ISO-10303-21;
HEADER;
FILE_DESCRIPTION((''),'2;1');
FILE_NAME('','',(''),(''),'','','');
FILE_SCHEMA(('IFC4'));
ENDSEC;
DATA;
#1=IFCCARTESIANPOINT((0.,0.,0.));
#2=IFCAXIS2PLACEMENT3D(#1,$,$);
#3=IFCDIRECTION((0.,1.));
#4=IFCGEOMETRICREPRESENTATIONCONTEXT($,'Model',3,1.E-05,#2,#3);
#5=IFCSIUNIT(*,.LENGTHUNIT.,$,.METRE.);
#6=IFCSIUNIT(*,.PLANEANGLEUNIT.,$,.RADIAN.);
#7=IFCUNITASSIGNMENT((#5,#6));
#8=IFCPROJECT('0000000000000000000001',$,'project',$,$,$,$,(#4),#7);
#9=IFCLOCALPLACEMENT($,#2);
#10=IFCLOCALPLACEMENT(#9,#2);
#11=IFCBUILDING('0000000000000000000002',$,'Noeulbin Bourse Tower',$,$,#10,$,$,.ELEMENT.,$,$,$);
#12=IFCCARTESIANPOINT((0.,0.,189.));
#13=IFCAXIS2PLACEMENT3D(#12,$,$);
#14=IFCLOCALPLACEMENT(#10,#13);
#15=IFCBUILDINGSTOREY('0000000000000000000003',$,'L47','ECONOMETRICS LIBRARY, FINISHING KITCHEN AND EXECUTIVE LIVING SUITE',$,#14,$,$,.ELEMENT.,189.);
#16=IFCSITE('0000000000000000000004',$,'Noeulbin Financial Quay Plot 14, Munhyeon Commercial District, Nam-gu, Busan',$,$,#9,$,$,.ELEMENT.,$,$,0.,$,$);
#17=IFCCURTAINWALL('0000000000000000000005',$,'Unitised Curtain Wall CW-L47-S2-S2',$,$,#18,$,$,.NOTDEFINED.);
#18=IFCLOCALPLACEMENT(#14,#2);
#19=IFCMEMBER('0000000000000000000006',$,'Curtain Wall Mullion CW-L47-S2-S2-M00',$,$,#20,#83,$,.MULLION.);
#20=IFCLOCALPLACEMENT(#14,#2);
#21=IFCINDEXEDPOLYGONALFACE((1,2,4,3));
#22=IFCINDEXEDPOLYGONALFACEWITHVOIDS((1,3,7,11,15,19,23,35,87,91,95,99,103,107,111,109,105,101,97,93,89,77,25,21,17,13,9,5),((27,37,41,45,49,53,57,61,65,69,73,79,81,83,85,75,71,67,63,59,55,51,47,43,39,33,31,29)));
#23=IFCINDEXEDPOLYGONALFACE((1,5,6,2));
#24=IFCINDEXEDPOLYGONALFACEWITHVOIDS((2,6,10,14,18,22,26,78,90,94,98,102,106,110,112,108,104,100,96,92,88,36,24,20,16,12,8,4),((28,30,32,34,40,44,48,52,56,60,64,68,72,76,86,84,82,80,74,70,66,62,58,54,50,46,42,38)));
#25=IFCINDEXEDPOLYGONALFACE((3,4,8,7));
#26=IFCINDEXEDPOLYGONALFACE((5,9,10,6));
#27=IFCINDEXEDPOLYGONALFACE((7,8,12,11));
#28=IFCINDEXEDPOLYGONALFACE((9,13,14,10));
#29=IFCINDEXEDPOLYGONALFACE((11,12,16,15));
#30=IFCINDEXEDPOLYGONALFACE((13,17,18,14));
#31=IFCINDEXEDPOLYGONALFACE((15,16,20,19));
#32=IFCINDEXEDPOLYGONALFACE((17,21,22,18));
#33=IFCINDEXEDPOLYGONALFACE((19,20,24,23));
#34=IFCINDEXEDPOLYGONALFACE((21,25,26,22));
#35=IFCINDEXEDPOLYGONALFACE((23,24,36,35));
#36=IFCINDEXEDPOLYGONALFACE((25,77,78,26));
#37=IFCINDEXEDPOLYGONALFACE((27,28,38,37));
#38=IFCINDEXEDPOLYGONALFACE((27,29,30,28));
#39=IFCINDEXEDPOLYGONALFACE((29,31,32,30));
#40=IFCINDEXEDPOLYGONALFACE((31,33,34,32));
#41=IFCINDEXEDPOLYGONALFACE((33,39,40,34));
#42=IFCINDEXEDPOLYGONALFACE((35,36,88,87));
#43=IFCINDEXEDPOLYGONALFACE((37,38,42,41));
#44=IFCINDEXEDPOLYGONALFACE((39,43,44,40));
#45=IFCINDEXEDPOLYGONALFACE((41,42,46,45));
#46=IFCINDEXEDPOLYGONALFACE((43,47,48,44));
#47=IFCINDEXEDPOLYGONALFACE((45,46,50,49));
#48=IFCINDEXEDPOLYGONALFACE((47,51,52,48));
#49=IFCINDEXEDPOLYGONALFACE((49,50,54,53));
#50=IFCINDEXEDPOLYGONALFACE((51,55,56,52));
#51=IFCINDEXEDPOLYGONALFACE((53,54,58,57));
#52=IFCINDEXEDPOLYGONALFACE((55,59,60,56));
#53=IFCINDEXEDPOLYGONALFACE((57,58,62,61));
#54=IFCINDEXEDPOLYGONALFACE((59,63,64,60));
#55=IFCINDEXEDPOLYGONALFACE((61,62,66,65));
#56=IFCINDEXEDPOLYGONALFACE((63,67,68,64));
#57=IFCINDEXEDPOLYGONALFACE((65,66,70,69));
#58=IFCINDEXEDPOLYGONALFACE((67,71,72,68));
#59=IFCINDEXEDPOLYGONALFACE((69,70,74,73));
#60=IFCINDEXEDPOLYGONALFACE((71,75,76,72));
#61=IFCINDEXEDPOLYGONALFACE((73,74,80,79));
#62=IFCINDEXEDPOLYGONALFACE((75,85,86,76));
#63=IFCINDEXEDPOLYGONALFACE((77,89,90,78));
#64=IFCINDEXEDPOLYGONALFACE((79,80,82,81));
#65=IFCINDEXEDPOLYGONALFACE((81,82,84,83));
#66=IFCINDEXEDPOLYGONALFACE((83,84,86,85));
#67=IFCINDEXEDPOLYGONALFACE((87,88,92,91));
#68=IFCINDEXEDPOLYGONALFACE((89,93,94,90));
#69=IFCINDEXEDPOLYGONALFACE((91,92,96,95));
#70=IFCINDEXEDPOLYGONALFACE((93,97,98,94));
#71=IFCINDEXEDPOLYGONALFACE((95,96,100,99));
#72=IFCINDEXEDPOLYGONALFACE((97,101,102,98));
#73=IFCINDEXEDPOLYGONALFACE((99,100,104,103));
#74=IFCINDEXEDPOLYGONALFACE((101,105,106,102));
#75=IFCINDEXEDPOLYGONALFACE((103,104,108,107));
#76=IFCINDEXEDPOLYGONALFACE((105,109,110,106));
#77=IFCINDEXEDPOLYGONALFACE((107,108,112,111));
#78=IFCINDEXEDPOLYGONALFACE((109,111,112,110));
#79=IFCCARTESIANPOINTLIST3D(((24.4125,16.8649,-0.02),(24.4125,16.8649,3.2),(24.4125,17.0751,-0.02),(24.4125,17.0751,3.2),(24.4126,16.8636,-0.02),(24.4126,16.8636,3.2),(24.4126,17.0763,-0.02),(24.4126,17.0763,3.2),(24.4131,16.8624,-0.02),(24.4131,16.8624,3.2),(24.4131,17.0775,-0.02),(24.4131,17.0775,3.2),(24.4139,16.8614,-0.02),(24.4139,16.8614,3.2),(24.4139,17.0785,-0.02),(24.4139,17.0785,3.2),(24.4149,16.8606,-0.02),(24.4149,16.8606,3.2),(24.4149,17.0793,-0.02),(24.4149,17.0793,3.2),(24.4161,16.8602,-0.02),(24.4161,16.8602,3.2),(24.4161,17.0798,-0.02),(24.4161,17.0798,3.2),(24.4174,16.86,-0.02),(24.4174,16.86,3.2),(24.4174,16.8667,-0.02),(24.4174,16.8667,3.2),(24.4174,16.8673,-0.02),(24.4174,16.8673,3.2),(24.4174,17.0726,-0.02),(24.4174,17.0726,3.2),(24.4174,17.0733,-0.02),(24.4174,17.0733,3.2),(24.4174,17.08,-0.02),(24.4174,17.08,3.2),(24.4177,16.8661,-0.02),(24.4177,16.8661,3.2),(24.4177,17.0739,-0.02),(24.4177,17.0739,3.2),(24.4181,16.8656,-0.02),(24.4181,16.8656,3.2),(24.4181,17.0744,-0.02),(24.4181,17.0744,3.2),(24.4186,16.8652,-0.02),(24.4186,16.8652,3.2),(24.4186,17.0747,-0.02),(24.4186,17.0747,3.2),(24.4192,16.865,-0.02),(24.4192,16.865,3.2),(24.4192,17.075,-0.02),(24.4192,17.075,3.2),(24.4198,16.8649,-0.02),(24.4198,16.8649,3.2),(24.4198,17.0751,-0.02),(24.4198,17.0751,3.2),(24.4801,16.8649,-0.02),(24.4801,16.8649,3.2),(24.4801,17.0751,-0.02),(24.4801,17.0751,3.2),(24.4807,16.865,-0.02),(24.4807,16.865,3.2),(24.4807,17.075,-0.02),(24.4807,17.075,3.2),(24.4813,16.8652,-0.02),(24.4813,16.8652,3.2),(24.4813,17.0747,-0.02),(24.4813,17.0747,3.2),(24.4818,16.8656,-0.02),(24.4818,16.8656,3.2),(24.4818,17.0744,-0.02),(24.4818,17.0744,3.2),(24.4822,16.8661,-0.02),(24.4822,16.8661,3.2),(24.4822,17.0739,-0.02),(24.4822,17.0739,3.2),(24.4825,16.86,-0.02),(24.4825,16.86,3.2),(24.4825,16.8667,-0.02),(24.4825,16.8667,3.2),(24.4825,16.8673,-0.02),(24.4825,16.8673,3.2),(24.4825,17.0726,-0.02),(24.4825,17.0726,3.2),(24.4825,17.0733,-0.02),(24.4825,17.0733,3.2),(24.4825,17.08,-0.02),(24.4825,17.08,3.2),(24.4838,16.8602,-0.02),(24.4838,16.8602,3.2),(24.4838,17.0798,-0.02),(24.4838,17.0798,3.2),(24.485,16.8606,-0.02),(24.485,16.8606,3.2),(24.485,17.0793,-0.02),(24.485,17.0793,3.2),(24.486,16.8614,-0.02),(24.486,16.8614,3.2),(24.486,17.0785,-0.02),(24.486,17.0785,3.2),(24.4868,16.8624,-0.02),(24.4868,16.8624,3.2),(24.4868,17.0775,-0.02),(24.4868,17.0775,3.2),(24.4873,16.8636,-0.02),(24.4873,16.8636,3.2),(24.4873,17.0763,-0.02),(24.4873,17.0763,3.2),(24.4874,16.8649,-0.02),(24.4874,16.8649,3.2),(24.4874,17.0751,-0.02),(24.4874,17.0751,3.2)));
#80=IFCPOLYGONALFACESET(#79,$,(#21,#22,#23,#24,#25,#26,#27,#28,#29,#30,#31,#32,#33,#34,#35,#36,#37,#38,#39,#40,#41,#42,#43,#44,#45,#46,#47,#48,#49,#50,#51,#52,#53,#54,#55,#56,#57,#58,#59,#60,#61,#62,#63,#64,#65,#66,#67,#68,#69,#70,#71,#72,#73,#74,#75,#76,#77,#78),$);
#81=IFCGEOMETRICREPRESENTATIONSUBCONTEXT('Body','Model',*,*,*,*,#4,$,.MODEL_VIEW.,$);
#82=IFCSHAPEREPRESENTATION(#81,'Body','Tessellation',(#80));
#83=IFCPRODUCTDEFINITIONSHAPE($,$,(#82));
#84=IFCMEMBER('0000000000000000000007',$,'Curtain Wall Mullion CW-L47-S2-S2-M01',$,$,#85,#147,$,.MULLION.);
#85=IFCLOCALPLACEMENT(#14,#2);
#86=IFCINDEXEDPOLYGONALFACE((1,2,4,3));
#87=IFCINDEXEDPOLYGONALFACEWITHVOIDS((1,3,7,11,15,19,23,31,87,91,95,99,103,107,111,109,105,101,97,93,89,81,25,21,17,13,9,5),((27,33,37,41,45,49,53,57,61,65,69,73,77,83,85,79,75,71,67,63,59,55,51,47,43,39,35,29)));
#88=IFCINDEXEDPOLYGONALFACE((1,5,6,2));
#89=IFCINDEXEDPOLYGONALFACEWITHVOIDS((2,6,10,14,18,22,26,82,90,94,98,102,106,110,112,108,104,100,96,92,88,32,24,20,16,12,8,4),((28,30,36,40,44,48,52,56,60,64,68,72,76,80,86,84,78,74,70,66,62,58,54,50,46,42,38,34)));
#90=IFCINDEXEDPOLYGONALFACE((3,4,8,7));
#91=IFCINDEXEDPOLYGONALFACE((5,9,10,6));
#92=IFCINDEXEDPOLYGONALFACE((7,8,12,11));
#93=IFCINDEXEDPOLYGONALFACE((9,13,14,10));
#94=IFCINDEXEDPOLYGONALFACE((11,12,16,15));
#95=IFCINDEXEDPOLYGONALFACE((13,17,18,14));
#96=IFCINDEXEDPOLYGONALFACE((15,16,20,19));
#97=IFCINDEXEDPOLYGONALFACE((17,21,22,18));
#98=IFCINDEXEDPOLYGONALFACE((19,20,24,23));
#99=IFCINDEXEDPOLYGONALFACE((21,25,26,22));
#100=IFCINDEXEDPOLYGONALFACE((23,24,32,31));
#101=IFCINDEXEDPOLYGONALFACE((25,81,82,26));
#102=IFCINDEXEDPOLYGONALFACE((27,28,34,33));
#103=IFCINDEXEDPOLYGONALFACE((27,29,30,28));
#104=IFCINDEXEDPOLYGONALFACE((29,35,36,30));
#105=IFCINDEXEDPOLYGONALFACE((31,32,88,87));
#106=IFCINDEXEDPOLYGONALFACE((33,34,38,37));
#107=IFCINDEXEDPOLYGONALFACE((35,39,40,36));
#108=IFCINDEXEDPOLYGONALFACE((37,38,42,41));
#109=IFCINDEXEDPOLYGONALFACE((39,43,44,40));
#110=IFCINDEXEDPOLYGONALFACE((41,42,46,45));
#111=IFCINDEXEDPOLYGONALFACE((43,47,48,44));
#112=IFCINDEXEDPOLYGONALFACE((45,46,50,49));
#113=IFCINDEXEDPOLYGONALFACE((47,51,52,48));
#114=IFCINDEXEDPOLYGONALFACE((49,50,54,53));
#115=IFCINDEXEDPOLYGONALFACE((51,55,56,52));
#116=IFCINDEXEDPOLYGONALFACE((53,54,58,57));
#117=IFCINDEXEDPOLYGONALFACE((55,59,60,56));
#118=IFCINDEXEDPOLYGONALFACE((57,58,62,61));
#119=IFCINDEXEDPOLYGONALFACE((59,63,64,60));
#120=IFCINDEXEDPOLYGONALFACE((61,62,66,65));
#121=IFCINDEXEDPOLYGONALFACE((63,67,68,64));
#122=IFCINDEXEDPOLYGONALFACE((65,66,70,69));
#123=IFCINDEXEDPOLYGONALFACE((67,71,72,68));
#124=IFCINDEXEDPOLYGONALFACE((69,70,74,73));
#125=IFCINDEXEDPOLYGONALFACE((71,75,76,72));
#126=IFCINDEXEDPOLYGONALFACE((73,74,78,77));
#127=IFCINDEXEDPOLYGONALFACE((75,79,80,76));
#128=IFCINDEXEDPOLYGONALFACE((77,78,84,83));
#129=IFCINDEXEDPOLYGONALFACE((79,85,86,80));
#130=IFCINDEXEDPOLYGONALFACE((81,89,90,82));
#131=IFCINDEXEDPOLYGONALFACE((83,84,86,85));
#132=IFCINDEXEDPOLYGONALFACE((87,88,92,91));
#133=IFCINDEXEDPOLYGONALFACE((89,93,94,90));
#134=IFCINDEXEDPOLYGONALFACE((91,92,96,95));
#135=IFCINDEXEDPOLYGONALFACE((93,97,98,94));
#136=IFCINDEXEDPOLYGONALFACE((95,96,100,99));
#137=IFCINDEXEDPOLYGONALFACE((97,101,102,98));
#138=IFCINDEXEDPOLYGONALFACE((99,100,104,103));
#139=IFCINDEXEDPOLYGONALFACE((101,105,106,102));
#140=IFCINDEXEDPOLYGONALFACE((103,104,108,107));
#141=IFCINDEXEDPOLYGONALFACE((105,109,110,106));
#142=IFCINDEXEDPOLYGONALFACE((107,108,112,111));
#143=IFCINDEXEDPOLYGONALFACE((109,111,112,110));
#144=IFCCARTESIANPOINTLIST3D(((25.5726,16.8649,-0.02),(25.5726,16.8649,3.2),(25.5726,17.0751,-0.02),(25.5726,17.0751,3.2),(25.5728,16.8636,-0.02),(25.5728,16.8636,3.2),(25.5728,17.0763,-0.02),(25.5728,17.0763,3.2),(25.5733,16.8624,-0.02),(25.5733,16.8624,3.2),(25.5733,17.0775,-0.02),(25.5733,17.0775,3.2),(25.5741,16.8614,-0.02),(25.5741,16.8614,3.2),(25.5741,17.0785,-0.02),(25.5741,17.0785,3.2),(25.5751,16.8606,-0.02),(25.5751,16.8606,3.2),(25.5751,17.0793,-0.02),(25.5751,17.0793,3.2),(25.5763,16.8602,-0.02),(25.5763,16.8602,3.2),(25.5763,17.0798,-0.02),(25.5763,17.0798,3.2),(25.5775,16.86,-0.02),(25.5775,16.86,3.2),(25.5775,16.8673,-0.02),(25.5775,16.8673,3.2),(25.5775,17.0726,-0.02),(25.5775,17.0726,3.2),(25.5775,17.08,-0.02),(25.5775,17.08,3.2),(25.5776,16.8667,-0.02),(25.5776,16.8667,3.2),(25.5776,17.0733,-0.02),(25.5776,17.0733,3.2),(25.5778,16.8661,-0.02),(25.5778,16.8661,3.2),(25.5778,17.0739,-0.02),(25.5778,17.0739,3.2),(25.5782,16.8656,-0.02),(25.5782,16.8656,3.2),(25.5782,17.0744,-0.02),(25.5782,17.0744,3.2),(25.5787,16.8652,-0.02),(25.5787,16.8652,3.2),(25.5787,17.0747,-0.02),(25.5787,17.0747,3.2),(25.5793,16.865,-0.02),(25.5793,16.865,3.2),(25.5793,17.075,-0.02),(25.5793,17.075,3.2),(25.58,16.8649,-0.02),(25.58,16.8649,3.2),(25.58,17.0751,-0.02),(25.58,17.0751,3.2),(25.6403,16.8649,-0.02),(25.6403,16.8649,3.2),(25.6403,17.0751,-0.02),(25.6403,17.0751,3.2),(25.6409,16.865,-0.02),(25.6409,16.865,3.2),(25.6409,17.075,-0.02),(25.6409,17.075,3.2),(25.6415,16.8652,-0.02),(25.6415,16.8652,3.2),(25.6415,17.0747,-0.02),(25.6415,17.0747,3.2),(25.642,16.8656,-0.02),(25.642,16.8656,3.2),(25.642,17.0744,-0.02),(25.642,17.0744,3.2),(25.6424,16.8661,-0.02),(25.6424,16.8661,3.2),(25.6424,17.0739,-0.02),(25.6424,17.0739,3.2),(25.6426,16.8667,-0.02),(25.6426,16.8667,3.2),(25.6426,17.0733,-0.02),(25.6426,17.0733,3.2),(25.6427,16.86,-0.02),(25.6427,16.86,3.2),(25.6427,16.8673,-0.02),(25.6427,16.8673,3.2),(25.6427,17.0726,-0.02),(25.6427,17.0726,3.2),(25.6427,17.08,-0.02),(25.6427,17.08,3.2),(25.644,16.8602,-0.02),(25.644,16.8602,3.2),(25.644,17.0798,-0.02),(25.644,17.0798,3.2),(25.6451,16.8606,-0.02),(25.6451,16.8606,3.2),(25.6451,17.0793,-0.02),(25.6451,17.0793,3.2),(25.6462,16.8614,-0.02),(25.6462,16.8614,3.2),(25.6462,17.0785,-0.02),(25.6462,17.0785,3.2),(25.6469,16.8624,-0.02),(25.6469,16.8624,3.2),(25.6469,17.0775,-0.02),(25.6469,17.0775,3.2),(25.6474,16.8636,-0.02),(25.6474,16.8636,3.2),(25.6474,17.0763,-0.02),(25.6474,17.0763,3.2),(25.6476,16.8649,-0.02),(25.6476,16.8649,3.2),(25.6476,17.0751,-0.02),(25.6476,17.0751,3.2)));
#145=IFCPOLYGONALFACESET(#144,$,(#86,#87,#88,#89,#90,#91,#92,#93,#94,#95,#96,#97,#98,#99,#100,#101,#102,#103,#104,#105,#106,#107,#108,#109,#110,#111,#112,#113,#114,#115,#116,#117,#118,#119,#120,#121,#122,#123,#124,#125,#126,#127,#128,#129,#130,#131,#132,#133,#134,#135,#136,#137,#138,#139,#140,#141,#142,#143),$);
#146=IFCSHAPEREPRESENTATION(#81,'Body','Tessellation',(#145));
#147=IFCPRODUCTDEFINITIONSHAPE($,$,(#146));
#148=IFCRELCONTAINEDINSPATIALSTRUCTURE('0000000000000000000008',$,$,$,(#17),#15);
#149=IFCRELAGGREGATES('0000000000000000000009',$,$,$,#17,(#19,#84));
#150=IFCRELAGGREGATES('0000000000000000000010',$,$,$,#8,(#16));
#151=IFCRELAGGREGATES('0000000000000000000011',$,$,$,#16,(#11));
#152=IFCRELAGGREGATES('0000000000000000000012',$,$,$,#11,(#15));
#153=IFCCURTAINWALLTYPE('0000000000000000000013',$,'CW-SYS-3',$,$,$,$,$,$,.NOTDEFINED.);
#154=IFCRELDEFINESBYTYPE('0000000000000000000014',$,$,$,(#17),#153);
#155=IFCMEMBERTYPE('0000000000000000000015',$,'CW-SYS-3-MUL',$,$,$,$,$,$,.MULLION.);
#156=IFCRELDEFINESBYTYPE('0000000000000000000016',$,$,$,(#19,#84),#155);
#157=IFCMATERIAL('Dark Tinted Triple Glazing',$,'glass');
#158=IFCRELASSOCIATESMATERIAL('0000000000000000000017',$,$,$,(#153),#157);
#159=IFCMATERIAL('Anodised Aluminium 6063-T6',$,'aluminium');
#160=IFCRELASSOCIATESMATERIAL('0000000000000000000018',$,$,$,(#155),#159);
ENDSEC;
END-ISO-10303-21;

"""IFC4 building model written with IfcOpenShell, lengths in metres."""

from ifc_helpers import new_model, si_unit, direction, frame, origin, origin_2d, place, context, subcontext, project, spatial, hollow_rectangle, extrude, material, material_profile, profile_set, type_object, element, aggregate, save


model = new_model("IFC4")

# Units and contexts
model_context = context("Model", 3, precision=1e-05, world=origin(), true_north=direction((0.0, 1.0)))
body_context = subcontext(model_context, "Body", "Model", "MODEL_VIEW")
ifc_project = project(units=[si_unit("LENGTHUNIT", "METRE"), si_unit("PLANEANGLEUNIT", "RADIAN")], contexts=[model_context])

# Site, building, storey
site_placement = place(None, origin())
site = spatial("IfcSite", under=ifc_project, at=site_placement, Name="Noeulbin Financial Quay Plot 14, Munhyeon Commercial District, Nam-gu, Busan", CompositionType="ELEMENT", RefElevation=0.0)
building_placement = place(site_placement, origin())
building = spatial("IfcBuilding", under=site, at=building_placement, Name="Noeulbin Bourse Tower", CompositionType="ELEMENT")
storey_placement = place(building_placement, frame((0.0, 0.0, 189.0)))
storey = spatial("IfcBuildingStorey", under=building, at=storey_placement, Name="L47", Description="ECONOMETRICS LIBRARY, FINISHING KITCHEN AND EXECUTIVE LIVING SUITE", CompositionType="ELEMENT", Elevation=189.0)

# Curtain wall, members
ifc_material_1 = material(Name="Dark Tinted Triple Glazing", Category="glass")
curtain_wall_type = type_object("IfcCurtainWallType", Name="CW-SYS-3", PredefinedType="NOTDEFINED", material=ifc_material_1)
ifc_material_2 = material(Name="Anodised Aluminium 6063-T6", Category="aluminium")
ifc_material_profile_1 = material_profile(ifc_material_2, hollow_rectangle(XDim=0.075, YDim=0.22, WallThickness=0.0049, InnerFilletRadius=0.0024, OuterFilletRadius=0.0049, at=origin_2d()), Name="ALU-MULL-75x220x5", Category="LoadBearing")
ifc_profile_set_1 = profile_set([ifc_material_profile_1], Name="Anodised Aluminium 6063-T6")
member_type_1 = type_object("IfcMemberType", Name="CW-SYS-3-MUL", PredefinedType="MULLION", material=ifc_profile_set_1)
curtain_wall_1_placement = place(storey_placement, origin())
curtain_wall_1 = element("IfcCurtainWall", 1, at=curtain_wall_1_placement, inside=storey, type_object=curtain_wall_type, Name="Unitised Curtain Wall CW-L47-S2-S2", PredefinedType="NOTDEFINED")
member_1_placement = place(storey_placement, frame((24.45, 16.97, -0.02), z_axis=(0.0, 0.0, 1.0), x_axis=(1.0, 0.0, 0.0)))
member_1 = element("IfcMember", 2, at=member_1_placement, type_object=member_type_1, Name="Curtain Wall Mullion CW-L47-S2-S2-M00", PredefinedType="MULLION", context=body_context, shape_type="SweptSolid", body=[
    extrude(hollow_rectangle(XDim=0.075, YDim=0.22, WallThickness=0.0049, InnerFilletRadius=0.0024, OuterFilletRadius=0.0049, at=origin_2d()), origin(), (0.0, 0.0, 1.0), 3.22),
])
member_2_placement = place(storey_placement, frame((25.6101, 16.97, -0.02), z_axis=(0.0, 0.0, 1.0), x_axis=(1.0, 0.0, 0.0)))
member_2 = element("IfcMember", 3, at=member_2_placement, type_object=member_type_1, Name="Curtain Wall Mullion CW-L47-S2-S2-M01", PredefinedType="MULLION", context=body_context, shape_type="SweptSolid", body=[
    extrude(hollow_rectangle(XDim=0.075, YDim=0.22, WallThickness=0.0049, InnerFilletRadius=0.0024, OuterFilletRadius=0.0049, at=origin_2d()), origin(), (0.0, 0.0, 1.0), 3.22),
])

aggregate(curtain_wall_1, [member_1, member_2])

save(model, "model.ifc")
